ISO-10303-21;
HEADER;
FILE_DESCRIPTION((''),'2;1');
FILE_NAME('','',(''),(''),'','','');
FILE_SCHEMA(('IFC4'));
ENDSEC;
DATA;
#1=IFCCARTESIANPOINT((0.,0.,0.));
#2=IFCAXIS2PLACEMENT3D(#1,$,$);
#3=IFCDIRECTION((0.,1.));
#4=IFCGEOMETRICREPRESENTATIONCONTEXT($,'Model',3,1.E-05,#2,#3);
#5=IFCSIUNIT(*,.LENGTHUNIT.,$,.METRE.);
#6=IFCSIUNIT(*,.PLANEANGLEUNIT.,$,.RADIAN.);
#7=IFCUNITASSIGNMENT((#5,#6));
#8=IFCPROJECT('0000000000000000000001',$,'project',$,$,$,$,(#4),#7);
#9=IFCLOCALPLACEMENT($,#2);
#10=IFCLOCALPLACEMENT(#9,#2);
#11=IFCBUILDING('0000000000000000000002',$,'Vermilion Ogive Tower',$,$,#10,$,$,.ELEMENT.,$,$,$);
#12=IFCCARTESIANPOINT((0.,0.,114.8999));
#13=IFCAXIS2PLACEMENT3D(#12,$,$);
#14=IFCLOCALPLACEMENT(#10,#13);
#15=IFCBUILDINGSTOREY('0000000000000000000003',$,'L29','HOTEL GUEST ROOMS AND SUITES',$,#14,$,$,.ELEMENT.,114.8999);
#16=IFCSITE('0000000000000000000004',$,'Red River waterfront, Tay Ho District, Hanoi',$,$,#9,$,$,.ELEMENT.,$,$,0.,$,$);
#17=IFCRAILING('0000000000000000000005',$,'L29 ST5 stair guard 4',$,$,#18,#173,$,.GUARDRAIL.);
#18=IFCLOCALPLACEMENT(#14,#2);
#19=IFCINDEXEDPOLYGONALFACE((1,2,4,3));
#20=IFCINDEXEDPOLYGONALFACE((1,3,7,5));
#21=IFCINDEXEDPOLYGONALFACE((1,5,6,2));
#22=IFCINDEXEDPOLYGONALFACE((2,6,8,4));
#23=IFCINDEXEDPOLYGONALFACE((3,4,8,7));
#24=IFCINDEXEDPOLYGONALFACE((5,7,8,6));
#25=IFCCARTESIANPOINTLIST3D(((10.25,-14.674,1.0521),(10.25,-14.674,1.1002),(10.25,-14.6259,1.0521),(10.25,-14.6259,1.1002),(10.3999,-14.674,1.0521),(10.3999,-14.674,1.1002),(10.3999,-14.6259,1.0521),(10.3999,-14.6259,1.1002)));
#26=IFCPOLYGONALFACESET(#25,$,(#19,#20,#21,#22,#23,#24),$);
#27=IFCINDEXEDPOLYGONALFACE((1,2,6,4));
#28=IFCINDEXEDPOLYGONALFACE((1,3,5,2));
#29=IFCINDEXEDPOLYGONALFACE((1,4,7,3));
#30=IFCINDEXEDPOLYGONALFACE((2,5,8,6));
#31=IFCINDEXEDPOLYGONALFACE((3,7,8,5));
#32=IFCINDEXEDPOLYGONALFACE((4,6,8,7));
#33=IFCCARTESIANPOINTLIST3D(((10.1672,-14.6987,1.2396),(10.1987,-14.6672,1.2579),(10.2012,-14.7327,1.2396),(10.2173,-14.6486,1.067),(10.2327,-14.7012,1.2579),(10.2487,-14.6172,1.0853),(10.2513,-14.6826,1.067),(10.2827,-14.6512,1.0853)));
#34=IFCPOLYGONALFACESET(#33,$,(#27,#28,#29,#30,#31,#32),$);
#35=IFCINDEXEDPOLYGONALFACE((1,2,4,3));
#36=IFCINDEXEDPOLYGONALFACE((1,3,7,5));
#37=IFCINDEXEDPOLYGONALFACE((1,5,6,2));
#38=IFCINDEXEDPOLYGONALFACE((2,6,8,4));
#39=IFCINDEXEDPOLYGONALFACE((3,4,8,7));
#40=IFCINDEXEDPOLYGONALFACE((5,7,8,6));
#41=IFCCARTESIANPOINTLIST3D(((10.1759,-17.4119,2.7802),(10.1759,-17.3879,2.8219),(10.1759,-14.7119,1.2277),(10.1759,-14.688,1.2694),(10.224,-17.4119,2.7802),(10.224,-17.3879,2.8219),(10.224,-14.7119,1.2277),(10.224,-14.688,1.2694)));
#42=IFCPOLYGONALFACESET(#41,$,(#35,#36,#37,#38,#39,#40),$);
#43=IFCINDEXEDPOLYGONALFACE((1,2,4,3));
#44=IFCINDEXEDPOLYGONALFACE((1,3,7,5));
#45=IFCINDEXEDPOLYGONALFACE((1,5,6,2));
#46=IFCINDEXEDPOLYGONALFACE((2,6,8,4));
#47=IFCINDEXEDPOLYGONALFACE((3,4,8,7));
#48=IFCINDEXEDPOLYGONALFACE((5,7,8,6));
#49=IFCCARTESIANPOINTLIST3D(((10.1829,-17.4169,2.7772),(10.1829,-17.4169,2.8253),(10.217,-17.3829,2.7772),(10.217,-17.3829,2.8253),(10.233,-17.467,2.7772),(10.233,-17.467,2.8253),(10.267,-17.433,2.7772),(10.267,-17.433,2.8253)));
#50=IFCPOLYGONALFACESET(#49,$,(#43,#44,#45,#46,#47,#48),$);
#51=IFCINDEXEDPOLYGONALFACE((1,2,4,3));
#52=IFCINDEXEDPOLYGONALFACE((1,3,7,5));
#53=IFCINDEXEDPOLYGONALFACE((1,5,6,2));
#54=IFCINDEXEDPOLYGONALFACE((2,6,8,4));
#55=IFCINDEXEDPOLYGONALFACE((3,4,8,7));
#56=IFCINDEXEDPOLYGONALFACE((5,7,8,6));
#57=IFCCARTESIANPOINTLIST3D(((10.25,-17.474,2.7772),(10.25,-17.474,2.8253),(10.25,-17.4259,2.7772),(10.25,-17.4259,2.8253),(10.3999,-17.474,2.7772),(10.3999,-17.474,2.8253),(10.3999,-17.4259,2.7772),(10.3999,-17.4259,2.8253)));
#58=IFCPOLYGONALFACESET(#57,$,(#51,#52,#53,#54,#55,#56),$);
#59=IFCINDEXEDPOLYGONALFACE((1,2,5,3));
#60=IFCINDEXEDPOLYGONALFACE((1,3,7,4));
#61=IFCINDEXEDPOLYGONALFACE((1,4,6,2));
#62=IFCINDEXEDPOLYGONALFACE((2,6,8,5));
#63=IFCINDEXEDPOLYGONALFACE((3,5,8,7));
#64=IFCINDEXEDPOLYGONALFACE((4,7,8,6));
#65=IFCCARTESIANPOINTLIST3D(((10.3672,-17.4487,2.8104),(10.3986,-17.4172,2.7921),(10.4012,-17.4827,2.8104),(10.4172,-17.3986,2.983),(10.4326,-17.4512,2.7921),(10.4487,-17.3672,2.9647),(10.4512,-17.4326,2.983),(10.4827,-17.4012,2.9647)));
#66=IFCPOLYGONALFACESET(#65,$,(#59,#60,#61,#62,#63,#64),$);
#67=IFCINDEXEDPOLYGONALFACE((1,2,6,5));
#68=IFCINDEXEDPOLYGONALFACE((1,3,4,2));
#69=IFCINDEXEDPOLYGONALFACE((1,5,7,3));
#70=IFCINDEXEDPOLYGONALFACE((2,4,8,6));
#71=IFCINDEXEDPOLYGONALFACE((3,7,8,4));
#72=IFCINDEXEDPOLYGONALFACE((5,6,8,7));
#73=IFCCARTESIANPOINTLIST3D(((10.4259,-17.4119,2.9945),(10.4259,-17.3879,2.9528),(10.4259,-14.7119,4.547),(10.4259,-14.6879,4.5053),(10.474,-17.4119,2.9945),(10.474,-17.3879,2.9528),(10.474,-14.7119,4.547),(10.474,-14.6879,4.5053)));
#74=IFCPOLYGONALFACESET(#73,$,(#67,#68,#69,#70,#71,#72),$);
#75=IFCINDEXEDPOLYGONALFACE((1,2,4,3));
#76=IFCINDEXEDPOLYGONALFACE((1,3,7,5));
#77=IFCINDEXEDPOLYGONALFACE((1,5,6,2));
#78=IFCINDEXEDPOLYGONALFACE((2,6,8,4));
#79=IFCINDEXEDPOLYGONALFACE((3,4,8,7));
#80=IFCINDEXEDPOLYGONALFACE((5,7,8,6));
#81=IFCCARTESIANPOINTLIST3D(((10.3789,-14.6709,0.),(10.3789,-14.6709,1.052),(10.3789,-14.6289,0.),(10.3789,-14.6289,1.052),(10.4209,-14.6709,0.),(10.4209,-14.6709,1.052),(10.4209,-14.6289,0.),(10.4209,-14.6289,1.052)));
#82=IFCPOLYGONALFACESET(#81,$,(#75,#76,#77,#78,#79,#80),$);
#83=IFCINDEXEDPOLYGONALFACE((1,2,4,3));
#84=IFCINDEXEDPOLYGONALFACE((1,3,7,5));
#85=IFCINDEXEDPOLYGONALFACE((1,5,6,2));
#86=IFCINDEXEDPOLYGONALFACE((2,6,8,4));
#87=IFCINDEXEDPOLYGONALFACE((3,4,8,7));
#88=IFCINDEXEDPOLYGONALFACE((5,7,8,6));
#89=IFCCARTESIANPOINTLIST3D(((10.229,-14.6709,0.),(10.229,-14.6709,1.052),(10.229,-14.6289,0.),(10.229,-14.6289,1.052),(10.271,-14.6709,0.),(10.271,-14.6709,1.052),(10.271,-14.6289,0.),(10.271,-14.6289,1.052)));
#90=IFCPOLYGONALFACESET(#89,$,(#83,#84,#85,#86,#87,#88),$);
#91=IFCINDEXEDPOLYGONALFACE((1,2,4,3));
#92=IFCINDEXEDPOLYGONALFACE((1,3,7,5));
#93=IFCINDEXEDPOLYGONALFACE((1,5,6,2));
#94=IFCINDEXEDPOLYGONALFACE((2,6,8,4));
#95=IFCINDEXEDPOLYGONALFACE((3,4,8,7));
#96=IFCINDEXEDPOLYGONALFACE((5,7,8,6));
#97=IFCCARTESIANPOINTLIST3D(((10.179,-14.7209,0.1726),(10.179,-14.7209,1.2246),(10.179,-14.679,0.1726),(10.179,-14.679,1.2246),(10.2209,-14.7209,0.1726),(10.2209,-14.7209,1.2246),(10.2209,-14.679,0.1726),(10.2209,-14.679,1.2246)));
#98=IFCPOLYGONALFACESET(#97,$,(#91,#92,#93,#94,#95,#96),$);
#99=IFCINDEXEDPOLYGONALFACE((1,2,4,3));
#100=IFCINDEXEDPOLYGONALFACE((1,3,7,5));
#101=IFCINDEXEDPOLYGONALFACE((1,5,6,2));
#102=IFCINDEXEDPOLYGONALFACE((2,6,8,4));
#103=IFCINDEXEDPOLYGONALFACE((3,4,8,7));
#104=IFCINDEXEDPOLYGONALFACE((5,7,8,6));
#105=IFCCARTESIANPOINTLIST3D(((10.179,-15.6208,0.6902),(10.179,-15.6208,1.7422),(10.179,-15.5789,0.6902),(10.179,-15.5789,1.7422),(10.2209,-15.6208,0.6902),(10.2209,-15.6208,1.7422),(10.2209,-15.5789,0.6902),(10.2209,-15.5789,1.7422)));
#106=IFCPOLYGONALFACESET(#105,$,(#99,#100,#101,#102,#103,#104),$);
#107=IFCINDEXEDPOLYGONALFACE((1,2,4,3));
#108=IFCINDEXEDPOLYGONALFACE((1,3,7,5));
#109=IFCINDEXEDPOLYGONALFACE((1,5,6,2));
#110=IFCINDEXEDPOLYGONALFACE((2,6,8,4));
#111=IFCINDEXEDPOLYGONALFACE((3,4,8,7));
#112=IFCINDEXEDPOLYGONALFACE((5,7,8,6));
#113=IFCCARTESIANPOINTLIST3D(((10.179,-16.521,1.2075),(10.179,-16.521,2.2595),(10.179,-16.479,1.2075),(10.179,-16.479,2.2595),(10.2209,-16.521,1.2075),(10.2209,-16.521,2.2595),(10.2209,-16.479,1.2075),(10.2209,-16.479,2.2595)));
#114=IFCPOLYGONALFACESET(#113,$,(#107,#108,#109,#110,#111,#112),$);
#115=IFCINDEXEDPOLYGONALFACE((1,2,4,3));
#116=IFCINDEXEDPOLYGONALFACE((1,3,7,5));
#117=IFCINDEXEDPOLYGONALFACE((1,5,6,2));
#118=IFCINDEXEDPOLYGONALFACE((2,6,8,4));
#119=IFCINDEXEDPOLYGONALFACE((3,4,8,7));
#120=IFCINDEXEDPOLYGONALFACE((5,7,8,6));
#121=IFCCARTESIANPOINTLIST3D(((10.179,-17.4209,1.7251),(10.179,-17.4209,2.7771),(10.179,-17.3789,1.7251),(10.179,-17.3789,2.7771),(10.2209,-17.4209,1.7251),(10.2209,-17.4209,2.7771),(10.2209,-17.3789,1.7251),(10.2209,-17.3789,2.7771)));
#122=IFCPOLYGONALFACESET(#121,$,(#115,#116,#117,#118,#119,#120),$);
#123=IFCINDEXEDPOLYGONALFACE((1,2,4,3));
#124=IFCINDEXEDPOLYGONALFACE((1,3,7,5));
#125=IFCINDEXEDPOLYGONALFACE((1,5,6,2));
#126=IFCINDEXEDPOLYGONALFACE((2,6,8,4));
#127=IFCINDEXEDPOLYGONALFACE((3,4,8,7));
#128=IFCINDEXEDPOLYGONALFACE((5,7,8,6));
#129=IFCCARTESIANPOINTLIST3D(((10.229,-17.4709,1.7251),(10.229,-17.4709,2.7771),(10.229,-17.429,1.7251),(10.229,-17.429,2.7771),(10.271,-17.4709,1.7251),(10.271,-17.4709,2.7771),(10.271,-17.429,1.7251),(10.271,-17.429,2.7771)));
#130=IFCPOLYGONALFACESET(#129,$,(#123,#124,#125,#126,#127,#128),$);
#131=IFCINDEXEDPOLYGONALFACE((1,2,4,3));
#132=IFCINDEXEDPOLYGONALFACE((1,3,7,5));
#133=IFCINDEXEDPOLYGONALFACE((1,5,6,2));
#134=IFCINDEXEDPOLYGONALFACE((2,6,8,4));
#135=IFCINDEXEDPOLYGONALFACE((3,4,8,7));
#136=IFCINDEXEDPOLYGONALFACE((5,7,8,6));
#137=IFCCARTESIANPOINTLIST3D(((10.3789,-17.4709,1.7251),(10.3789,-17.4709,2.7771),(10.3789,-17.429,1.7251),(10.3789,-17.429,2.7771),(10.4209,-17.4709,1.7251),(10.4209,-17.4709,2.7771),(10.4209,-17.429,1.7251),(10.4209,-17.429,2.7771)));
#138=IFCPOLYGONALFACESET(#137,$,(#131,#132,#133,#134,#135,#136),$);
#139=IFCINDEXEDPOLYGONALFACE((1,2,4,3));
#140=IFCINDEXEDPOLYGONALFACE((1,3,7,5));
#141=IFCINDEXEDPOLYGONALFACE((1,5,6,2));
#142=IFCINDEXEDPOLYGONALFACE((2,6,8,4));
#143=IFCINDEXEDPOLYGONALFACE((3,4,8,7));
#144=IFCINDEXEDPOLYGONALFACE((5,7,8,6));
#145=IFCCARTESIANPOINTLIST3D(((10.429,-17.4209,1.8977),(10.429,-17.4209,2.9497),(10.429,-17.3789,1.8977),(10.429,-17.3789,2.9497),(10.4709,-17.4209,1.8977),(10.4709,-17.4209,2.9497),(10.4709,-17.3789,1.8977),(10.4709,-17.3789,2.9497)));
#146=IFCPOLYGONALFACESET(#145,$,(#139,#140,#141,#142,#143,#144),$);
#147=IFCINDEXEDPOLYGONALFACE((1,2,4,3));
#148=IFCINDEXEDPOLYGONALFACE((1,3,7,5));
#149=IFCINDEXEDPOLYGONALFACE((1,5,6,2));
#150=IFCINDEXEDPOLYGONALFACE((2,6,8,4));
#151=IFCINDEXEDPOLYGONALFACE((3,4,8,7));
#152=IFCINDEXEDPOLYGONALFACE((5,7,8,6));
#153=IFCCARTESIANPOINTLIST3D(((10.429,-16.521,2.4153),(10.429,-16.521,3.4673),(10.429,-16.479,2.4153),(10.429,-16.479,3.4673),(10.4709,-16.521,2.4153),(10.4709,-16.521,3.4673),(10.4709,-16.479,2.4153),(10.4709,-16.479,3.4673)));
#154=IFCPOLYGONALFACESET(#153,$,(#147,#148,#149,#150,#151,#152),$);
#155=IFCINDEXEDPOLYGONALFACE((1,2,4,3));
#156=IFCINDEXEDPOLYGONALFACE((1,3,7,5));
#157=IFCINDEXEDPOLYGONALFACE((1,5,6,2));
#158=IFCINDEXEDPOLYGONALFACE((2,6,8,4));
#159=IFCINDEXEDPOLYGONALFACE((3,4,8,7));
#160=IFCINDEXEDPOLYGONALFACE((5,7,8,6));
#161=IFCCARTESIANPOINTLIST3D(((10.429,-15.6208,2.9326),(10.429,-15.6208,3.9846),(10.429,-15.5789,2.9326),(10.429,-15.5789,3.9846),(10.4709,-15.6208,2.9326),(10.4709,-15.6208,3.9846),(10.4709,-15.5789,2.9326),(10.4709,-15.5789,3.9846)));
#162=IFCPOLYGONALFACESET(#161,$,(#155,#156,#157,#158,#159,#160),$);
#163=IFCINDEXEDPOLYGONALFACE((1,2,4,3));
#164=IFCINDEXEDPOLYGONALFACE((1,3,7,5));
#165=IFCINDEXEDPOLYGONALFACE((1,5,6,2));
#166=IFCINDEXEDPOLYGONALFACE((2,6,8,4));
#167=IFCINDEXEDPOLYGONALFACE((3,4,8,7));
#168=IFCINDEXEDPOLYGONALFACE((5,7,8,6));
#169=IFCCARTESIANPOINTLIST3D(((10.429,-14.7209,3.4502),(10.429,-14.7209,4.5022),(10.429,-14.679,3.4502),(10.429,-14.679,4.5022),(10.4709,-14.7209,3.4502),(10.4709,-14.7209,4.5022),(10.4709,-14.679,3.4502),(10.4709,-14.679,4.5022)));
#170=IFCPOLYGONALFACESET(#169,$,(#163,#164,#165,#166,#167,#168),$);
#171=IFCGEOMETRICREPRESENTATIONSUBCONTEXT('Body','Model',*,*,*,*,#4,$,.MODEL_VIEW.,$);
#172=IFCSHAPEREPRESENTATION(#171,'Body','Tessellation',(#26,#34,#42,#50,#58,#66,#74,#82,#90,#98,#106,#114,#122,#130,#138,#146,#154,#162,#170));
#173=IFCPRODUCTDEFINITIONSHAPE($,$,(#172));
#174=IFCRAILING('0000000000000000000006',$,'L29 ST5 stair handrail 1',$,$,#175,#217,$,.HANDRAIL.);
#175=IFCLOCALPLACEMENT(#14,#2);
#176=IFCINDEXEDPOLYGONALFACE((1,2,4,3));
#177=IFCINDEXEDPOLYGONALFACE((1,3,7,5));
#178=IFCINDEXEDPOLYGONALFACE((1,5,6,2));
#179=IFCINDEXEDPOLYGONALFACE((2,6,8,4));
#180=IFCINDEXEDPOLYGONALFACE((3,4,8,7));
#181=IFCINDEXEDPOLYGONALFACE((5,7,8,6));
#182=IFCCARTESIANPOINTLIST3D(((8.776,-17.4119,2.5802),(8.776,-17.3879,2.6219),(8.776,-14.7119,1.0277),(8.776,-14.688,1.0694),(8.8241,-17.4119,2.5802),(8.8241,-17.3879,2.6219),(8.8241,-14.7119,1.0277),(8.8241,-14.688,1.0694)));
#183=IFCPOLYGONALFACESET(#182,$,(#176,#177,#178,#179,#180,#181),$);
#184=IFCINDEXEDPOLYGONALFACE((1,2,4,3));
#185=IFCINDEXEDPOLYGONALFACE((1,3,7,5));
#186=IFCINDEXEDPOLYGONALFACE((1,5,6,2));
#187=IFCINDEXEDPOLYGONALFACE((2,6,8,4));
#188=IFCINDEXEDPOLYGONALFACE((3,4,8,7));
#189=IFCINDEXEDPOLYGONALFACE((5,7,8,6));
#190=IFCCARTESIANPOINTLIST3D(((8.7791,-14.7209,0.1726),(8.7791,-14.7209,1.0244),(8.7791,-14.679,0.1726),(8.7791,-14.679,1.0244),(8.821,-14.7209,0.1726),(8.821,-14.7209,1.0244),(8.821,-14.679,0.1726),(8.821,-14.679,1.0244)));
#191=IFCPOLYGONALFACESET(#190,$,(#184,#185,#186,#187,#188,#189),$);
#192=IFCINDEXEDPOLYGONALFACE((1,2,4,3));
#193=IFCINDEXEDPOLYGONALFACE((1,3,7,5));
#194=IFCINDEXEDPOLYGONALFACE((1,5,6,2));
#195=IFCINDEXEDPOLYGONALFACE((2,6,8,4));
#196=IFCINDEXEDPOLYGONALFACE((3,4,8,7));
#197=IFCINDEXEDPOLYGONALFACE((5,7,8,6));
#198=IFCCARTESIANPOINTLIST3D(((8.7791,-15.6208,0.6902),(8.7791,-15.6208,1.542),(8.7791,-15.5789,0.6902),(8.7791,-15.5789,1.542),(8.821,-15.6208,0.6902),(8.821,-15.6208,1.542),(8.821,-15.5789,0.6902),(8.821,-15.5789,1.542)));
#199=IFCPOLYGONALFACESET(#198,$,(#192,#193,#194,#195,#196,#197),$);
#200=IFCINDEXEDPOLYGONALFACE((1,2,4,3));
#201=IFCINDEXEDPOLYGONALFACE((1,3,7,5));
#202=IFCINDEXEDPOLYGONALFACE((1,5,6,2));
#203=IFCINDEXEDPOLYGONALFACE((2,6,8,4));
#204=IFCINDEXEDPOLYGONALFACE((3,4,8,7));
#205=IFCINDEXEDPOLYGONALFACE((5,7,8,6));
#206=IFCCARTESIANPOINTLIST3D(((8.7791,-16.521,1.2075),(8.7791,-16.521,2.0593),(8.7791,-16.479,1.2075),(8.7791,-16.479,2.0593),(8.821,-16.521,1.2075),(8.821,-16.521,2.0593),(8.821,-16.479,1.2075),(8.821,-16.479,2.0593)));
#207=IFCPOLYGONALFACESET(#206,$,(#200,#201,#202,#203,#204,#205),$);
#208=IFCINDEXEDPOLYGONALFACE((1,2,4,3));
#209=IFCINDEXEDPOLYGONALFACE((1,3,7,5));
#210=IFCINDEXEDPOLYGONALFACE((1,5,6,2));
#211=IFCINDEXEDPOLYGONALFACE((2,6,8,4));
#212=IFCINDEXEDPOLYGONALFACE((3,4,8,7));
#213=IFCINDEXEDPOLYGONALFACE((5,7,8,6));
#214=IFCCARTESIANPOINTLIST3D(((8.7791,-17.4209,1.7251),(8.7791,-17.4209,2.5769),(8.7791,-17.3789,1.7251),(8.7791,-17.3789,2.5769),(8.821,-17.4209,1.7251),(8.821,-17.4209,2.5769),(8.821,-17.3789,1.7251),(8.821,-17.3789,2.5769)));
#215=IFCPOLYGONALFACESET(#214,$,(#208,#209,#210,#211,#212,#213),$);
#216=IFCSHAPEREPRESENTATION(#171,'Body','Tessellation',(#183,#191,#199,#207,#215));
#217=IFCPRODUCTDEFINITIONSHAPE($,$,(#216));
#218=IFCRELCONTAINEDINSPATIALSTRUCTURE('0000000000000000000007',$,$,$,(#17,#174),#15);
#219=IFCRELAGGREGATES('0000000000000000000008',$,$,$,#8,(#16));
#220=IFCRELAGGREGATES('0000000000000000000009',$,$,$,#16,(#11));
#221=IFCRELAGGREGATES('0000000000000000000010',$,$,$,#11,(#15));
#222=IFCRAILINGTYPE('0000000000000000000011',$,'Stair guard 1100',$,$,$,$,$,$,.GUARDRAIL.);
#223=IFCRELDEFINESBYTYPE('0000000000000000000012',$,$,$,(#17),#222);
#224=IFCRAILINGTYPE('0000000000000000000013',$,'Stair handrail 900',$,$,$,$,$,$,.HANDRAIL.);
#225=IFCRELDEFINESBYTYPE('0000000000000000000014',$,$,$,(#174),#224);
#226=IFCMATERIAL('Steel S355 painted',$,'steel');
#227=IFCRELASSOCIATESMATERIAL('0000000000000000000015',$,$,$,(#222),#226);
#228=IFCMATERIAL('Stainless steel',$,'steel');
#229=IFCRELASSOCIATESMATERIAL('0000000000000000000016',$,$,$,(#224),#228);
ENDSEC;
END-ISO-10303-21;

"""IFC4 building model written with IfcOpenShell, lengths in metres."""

from ifc_helpers import new_model, si_unit, direction, frame, origin, origin_2d, place, context, subcontext, project, spatial, rectangle, extrude, material, type_object, element, save


model = new_model("IFC4")

# Units and contexts
model_context = context("Model", 3, precision=1e-05, world=origin(), true_north=direction((0.0, 1.0)))
body_context = subcontext(model_context, "Body", "Model", "MODEL_VIEW")
ifc_project = project(units=[si_unit("LENGTHUNIT", "METRE"), si_unit("PLANEANGLEUNIT", "RADIAN")], contexts=[model_context])

# Site, building, storey
site_placement = place(None, origin())
site = spatial("IfcSite", under=ifc_project, at=site_placement, Name="Red River waterfront, Tay Ho District, Hanoi", CompositionType="ELEMENT", RefElevation=0.0)
building_placement = place(site_placement, origin())
building = spatial("IfcBuilding", under=site, at=building_placement, Name="Vermilion Ogive Tower", CompositionType="ELEMENT")
storey_placement = place(building_placement, frame((0.0, 0.0, 114.8999)))
storey = spatial("IfcBuildingStorey", under=building, at=storey_placement, Name="L29", Description="HOTEL GUEST ROOMS AND SUITES", CompositionType="ELEMENT", Elevation=114.8999)

# Railings
ifc_material_1 = material(Name="Steel S355 painted", Category="steel")
railing_type_1 = type_object("IfcRailingType", Name="Stair guard 1100", PredefinedType="GUARDRAIL", material=ifc_material_1)
railing_1_placement = place(storey_placement, frame((10.3999, -14.6499, 0.0)))
element("IfcRailing", 1, at=railing_1_placement, inside=storey, type_object=railing_type_1, Name="L29 ST5 stair guard 4", PredefinedType="GUARDRAIL", context=body_context, shape_type="SweptSolid", body=[
    extrude(rectangle(XDim=0.0481, YDim=0.0481, at=origin_2d()), frame((0.0, 0.0, 1.0762), z_axis=(-1.0, 0.0, 0.0), x_axis=(0.0, -1.0, 0.0)), (0.0, 0.0, 1.0), 0.1499),
    extrude(rectangle(XDim=0.0481, YDim=0.0481, at=origin_2d()), frame((-0.1499, 0.0, 1.0762), z_axis=(-0.268278, -0.268278, 0.925232), x_axis=(0.707107, -0.707107, 0.0)), (0.0, 0.0, 1.0), 0.1865),
    extrude(rectangle(XDim=0.0481, YDim=0.0481, at=origin_2d()), frame((-0.2, -0.05, 1.2485), z_axis=(0.0, -0.866904, 0.498476), x_axis=(1.0, 0.0, 0.0)), (0.0, 0.0, 1.0), 3.1145),
    extrude(rectangle(XDim=0.0481, YDim=0.0481, at=origin_2d()), frame((-0.2, -2.75, 2.8013), z_axis=(0.707107, -0.707107, 0.0), x_axis=(0.707107, 0.707107, 0.0)), (0.0, 0.0, 1.0), 0.0708),
    extrude(rectangle(XDim=0.0481, YDim=0.0481, at=origin_2d()), frame((-0.1499, -2.8, 2.8013), z_axis=(1.0, 0.0, 0.0), x_axis=(0.0, 1.0, 0.0)), (0.0, 0.0, 1.0), 0.1499),
    extrude(rectangle(XDim=0.0481, YDim=0.0481, at=origin_2d()), frame((0.0, -2.8, 2.8013), z_axis=(0.268278, 0.268278, 0.925232), x_axis=(-0.707107, 0.707107, 0.0)), (0.0, 0.0, 1.0), 0.1865),
    extrude(rectangle(XDim=0.0481, YDim=0.0481, at=origin_2d()), frame((0.05, -2.75, 2.9736), z_axis=(0.0, 0.866904, 0.498476), x_axis=(-1.0, 0.0, 0.0)), (0.0, 0.0, 1.0), 3.1145),
    extrude(rectangle(XDim=0.042, YDim=0.042, at=origin_2d()), origin(), (0.0, 0.0, 1.0), 1.052),
    extrude(rectangle(XDim=0.042, YDim=0.042, at=origin_2d()), frame((-0.1499, 0.0, 0.0)), (0.0, 0.0, 1.0), 1.052),
    extrude(rectangle(XDim=0.042, YDim=0.042, at=origin_2d()), frame((-0.2, -0.05, 0.1726)), (0.0, 0.0, 1.0), 1.052),
    extrude(rectangle(XDim=0.042, YDim=0.042, at=origin_2d()), frame((-0.2, -0.95, 0.6902)), (0.0, 0.0, 1.0), 1.052),
    extrude(rectangle(XDim=0.042, YDim=0.042, at=origin_2d()), frame((-0.2, -1.8501, 1.2075)), (0.0, 0.0, 1.0), 1.052),
    extrude(rectangle(XDim=0.042, YDim=0.042, at=origin_2d()), frame((-0.2, -2.75, 1.7251)), (0.0, 0.0, 1.0), 1.052),
    extrude(rectangle(XDim=0.042, YDim=0.042, at=origin_2d()), frame((-0.1499, -2.8, 1.7251)), (0.0, 0.0, 1.0), 1.052),
    extrude(rectangle(XDim=0.042, YDim=0.042, at=origin_2d()), frame((0.0, -2.8, 1.7251)), (0.0, 0.0, 1.0), 1.052),
    extrude(rectangle(XDim=0.042, YDim=0.042, at=origin_2d()), frame((0.05, -2.75, 1.8977)), (0.0, 0.0, 1.0), 1.052),
    extrude(rectangle(XDim=0.042, YDim=0.042, at=origin_2d()), frame((0.05, -1.8501, 2.4153)), (0.0, 0.0, 1.0), 1.052),
    extrude(rectangle(XDim=0.042, YDim=0.042, at=origin_2d()), frame((0.05, -0.95, 2.9326)), (0.0, 0.0, 1.0), 1.052),
    extrude(rectangle(XDim=0.042, YDim=0.042, at=origin_2d()), frame((0.05, -0.05, 3.4502)), (0.0, 0.0, 1.0), 1.052),
])
ifc_material_2 = material(Name="Stainless steel", Category="steel")
railing_type_2 = type_object("IfcRailingType", Name="Stair handrail 900", PredefinedType="HANDRAIL", material=ifc_material_2)
railing_2_placement = place(storey_placement, frame((8.8, -14.7, 0.1726)))
element("IfcRailing", 2, at=railing_2_placement, inside=storey, type_object=railing_type_2, Name="L29 ST5 stair handrail 1", PredefinedType="HANDRAIL", context=body_context, shape_type="SweptSolid", body=[
    extrude(rectangle(XDim=0.0481, YDim=0.0481, at=origin_2d()), frame((0.0, 0.0, 0.876), z_axis=(0.0, -0.866904, 0.498476), x_axis=(1.0, 0.0, 0.0)), (0.0, 0.0, 1.0), 3.1145),
    extrude(rectangle(XDim=0.042, YDim=0.042, at=origin_2d()), origin(), (0.0, 0.0, 1.0), 0.8518),
    extrude(rectangle(XDim=0.042, YDim=0.042, at=origin_2d()), frame((0.0, -0.8999, 0.5176)), (0.0, 0.0, 1.0), 0.8518),
    extrude(rectangle(XDim=0.042, YDim=0.042, at=origin_2d()), frame((0.0, -1.8, 1.0349)), (0.0, 0.0, 1.0), 0.8518),
    extrude(rectangle(XDim=0.042, YDim=0.042, at=origin_2d()), frame((0.0, -2.7, 1.5525)), (0.0, 0.0, 1.0), 0.8518),
])

save(model, "model.ifc")
